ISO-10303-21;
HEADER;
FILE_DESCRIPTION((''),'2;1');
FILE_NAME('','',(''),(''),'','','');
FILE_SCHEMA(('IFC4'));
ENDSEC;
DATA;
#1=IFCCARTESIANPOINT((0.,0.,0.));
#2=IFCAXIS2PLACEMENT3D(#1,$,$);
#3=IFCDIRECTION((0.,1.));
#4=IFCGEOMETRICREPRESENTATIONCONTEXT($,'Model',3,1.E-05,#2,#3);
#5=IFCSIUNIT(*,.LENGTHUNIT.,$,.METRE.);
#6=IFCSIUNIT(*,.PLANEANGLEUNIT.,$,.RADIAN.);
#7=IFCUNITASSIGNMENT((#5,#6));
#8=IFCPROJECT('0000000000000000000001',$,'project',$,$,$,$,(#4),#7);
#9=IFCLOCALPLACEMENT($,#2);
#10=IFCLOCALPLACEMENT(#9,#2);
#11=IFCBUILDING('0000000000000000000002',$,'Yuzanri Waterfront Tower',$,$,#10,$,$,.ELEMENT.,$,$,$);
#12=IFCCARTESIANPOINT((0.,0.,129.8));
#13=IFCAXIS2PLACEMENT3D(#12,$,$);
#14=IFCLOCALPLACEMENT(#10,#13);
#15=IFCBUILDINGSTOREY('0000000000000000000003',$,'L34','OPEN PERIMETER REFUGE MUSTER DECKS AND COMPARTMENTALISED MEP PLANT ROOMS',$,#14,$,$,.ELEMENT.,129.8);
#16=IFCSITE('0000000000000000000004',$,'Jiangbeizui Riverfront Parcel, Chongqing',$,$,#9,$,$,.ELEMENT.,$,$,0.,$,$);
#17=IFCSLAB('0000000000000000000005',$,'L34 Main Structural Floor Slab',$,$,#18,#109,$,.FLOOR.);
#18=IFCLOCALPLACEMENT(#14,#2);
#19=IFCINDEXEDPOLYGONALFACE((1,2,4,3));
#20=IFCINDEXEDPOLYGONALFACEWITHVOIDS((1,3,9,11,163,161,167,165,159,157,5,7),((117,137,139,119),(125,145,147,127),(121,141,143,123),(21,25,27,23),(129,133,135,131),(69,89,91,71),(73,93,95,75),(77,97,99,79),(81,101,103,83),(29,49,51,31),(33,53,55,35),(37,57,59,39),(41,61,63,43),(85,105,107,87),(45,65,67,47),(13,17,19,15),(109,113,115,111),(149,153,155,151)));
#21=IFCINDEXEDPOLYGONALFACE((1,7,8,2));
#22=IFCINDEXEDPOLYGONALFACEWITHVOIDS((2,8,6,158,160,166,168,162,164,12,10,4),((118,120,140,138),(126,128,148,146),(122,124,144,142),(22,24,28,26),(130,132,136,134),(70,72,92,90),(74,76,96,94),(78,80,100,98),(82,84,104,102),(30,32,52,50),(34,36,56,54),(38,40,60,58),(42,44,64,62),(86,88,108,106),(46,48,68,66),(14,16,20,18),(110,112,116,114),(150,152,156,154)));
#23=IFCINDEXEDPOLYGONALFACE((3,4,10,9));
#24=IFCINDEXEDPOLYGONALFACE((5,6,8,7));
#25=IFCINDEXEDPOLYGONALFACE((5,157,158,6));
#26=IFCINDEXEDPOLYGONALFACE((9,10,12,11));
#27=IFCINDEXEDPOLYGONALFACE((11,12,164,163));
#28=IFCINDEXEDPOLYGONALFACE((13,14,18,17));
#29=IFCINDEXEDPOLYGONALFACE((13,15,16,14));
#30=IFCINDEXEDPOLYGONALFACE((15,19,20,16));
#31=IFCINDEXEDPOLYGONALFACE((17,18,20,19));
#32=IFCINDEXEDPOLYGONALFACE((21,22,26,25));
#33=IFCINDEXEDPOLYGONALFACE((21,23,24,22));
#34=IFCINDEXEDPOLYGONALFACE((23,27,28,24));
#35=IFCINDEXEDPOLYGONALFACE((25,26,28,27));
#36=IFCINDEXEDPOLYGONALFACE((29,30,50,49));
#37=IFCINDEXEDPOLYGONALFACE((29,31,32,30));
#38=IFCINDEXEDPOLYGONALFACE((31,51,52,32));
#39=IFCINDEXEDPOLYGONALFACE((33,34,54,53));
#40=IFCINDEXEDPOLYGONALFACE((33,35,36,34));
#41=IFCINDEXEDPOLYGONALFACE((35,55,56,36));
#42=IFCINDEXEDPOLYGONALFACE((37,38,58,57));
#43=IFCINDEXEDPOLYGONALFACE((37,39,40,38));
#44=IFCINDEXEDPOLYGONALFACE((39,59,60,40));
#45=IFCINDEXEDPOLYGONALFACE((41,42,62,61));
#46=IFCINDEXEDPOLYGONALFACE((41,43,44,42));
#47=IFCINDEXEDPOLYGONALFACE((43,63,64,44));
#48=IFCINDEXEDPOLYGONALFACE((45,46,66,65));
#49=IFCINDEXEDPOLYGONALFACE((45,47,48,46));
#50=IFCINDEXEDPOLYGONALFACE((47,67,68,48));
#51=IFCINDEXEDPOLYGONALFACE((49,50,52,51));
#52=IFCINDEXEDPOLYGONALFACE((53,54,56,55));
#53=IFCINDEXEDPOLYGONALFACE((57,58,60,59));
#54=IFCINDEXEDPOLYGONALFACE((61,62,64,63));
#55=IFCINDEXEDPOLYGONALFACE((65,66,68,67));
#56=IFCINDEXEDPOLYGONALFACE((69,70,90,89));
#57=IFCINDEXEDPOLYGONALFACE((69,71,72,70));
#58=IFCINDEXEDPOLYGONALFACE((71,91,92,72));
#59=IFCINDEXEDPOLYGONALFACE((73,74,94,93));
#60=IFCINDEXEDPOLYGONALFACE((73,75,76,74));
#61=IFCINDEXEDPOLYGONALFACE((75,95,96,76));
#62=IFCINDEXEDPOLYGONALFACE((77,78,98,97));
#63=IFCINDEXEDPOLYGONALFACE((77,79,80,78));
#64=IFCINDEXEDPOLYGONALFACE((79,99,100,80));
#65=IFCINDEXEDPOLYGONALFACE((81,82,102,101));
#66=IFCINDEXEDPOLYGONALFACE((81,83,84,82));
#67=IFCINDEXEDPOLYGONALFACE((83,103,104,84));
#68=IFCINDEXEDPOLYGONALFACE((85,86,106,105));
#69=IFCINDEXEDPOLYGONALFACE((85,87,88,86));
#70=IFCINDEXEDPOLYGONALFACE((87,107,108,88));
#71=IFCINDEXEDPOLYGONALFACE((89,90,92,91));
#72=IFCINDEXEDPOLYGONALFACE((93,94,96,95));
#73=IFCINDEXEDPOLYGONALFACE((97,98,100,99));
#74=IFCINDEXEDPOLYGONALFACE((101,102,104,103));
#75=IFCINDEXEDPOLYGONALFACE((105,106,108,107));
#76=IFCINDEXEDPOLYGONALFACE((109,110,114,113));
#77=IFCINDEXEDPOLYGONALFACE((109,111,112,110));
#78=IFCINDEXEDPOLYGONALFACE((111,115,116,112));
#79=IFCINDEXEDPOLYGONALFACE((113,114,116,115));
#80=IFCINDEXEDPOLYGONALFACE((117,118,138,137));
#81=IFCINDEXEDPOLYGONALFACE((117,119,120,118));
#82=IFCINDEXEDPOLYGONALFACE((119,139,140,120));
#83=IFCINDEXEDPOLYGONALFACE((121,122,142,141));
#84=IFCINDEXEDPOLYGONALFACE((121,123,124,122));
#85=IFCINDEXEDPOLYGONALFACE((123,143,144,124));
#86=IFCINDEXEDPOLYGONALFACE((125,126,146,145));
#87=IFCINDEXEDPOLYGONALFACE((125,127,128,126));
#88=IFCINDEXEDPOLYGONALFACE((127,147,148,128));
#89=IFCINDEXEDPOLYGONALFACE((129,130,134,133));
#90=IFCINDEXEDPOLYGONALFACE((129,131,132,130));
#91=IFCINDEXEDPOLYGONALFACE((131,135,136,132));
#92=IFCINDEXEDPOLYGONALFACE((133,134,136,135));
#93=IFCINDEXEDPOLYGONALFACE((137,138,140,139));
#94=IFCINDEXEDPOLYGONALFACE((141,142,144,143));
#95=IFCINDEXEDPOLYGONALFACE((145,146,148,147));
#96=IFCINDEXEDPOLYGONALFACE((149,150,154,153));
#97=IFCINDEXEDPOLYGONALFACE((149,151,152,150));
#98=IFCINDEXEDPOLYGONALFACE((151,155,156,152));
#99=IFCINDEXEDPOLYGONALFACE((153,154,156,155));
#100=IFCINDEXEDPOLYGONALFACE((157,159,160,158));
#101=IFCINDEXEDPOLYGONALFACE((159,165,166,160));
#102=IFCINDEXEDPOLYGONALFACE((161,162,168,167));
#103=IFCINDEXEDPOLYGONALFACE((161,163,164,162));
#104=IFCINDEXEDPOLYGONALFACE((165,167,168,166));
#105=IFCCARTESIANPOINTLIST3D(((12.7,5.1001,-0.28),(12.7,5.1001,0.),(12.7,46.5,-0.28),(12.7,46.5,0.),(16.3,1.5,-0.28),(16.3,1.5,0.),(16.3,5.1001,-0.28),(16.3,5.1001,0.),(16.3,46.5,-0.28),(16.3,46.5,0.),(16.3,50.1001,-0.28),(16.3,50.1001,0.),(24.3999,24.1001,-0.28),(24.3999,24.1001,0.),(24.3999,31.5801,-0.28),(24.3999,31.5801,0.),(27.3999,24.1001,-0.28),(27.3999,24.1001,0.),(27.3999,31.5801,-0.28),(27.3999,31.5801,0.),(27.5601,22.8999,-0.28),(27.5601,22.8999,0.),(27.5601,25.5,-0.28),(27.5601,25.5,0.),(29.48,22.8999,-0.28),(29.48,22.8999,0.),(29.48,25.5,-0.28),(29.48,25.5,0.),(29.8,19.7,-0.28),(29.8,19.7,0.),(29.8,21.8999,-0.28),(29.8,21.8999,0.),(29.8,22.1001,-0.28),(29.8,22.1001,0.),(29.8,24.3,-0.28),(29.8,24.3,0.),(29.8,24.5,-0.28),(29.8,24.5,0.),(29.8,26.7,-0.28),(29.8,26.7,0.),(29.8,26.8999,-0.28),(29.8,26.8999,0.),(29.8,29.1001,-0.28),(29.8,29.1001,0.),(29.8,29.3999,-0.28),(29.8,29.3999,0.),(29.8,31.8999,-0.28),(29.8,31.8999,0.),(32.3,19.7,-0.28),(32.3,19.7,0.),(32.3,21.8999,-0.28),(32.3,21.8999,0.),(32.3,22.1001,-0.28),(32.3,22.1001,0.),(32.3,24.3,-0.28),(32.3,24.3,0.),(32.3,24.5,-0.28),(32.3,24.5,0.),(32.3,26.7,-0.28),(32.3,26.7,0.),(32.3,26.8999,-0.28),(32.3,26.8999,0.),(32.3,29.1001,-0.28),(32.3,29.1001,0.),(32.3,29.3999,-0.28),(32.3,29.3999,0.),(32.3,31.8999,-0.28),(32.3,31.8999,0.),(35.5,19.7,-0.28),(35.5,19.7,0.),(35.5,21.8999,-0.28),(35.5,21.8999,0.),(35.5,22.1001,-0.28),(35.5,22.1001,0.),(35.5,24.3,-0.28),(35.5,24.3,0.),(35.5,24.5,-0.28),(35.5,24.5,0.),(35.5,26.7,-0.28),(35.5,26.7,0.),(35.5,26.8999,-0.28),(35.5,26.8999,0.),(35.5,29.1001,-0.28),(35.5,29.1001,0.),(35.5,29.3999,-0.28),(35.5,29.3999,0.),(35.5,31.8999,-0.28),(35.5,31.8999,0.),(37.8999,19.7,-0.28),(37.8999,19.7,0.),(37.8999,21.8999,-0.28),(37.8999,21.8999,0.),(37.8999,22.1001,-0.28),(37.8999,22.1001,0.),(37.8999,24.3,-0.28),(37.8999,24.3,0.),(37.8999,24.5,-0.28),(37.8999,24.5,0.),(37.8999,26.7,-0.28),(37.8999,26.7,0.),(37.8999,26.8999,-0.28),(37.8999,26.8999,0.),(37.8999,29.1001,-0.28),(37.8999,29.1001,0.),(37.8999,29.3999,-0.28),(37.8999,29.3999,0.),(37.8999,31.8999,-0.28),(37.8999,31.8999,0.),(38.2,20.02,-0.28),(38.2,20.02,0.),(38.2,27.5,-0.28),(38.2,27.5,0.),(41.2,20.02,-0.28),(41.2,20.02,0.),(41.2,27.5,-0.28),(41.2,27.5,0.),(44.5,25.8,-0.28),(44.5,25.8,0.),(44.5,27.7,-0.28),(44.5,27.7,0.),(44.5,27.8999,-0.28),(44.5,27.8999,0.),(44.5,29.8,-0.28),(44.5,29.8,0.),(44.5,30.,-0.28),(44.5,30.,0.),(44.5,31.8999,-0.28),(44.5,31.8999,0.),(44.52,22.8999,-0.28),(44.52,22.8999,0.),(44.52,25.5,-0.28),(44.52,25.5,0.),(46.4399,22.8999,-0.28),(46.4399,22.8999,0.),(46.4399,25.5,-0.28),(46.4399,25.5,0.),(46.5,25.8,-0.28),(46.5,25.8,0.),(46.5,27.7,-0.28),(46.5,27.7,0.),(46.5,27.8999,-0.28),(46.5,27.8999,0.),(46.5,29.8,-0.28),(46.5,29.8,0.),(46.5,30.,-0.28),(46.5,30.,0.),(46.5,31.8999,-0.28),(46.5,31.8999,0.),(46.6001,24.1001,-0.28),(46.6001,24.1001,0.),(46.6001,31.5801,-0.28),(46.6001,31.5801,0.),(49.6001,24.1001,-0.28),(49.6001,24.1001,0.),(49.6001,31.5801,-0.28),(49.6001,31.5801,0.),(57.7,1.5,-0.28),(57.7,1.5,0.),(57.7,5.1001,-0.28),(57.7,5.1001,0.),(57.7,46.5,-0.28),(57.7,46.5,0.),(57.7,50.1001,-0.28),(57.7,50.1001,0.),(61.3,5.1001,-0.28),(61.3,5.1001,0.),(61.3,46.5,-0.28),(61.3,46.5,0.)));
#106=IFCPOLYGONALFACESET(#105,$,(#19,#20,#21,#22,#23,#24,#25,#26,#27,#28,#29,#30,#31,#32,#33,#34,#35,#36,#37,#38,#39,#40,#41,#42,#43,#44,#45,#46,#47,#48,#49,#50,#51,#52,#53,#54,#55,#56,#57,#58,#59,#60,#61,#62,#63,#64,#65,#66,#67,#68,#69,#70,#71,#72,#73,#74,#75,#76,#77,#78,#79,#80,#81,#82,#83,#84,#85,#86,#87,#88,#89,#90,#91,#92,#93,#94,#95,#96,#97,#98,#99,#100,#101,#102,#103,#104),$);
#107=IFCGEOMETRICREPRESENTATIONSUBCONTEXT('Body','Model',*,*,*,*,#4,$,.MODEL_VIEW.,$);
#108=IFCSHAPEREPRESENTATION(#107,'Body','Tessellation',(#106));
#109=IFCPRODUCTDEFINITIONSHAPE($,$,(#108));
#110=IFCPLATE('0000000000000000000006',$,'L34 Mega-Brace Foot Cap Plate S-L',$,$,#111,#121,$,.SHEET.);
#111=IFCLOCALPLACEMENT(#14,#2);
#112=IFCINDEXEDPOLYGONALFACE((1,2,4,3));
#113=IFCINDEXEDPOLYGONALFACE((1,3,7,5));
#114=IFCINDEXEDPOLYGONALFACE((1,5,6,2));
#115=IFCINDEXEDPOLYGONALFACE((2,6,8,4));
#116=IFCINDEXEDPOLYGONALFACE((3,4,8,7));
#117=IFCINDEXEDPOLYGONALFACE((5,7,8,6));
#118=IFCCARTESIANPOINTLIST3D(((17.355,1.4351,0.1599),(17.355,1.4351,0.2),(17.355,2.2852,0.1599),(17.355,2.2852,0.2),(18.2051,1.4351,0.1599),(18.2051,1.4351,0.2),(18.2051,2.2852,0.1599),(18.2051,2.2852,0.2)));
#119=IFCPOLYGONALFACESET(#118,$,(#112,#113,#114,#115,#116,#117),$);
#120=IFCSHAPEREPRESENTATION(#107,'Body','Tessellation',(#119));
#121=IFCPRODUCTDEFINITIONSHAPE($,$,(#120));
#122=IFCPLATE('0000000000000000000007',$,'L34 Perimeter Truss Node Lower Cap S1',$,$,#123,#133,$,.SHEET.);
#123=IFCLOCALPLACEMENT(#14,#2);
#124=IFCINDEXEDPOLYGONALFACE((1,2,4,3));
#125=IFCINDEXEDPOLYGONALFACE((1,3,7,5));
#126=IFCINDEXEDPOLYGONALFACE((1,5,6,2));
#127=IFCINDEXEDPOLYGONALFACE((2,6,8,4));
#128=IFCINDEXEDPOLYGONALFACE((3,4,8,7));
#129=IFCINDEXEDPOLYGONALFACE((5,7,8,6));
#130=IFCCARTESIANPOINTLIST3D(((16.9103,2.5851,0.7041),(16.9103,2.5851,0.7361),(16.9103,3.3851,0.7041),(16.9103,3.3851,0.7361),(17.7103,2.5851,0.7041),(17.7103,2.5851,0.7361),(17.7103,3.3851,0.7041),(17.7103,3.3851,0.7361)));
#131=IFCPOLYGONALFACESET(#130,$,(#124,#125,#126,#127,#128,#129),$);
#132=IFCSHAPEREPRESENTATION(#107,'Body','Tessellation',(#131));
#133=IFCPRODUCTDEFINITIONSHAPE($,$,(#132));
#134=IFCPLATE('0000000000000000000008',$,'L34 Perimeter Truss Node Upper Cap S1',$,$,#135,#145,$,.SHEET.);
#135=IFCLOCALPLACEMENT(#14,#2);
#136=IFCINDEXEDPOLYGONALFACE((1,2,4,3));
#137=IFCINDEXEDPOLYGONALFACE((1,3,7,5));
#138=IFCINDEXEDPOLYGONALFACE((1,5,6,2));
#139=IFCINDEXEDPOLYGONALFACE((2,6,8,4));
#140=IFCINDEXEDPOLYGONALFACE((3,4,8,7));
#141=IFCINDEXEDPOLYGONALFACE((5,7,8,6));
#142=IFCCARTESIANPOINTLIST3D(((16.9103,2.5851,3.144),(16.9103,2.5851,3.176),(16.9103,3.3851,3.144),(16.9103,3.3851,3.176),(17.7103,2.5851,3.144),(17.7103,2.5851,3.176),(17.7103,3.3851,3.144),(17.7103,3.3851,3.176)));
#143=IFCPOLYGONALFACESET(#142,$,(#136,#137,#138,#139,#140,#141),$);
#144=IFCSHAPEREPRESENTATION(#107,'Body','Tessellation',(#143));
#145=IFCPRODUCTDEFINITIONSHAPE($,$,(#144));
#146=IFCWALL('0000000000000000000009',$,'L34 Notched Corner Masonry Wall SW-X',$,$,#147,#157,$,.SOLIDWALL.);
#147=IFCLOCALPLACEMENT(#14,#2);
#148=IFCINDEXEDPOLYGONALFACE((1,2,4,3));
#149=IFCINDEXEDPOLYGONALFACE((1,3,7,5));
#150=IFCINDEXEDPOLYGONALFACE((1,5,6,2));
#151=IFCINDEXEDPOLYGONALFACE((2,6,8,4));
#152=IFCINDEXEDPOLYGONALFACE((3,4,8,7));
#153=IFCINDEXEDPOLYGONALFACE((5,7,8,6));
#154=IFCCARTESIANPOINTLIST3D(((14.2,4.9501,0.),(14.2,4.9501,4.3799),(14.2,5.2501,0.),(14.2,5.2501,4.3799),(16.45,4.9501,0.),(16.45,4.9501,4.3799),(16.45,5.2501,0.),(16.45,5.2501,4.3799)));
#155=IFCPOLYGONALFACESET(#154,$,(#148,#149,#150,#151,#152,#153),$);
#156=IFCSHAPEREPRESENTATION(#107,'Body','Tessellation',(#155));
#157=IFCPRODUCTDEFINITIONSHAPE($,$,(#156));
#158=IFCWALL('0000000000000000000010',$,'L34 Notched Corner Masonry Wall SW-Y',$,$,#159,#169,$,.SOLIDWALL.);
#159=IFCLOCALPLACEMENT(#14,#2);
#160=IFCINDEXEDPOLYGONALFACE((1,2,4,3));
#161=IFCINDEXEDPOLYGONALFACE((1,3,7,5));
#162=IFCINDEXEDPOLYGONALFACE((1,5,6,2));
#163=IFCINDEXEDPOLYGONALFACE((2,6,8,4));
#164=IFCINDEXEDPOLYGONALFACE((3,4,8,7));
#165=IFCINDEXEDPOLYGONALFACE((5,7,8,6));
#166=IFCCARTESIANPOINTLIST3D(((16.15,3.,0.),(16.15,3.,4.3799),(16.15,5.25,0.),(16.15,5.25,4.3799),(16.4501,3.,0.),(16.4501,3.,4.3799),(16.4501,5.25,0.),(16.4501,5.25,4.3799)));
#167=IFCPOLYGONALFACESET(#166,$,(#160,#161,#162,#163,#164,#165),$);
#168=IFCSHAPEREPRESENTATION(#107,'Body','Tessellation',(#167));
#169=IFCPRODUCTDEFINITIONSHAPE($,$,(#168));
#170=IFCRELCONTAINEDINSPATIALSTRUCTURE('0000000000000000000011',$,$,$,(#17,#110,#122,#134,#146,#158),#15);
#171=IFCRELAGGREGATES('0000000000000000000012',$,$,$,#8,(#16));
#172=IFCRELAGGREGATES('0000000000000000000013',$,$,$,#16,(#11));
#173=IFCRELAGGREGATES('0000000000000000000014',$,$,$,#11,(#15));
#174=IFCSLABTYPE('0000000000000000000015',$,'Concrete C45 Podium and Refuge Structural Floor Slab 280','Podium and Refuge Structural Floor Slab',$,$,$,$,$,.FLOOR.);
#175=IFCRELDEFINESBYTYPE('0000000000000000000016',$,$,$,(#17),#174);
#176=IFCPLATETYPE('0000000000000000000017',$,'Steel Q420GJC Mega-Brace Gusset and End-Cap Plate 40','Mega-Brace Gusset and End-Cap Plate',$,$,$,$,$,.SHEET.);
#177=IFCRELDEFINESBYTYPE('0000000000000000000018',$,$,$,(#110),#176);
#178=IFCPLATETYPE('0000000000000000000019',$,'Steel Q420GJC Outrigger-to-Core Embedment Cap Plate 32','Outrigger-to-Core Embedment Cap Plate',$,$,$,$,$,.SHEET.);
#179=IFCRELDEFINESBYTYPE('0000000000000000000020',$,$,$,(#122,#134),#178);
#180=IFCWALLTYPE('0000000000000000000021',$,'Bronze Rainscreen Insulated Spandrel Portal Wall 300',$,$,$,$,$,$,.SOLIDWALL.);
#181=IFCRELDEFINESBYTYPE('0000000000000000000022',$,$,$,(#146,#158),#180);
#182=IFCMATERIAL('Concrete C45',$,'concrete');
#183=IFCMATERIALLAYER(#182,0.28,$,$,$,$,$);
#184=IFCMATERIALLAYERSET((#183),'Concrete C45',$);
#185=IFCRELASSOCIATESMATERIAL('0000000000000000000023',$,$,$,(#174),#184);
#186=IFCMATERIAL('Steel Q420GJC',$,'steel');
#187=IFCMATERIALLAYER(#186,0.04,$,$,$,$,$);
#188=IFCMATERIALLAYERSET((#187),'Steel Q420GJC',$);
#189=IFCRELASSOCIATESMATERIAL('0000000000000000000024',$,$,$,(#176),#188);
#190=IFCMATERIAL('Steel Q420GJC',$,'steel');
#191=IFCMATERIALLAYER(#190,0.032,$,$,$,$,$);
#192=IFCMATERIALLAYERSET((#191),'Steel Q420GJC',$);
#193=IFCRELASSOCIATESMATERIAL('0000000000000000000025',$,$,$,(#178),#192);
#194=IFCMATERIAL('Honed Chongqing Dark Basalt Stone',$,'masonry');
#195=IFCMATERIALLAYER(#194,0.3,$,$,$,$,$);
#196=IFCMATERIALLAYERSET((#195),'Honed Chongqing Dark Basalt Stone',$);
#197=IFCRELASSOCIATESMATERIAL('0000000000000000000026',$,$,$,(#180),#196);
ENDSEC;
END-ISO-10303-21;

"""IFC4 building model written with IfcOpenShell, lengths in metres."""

from ifc_helpers import new_model, si_unit, direction, frame, frame_2d, origin, origin_2d, place, context, subcontext, project, spatial, polyline, rectangle, outline, extrude, source, transform, mapped, material, layer, layer_set, type_object, element, save


model = new_model("IFC4")

# Units and contexts
model_context = context("Model", 3, precision=1e-05, world=origin(), true_north=direction((0.0, 1.0)))
body_context = subcontext(model_context, "Body", "Model", "MODEL_VIEW")
ifc_project = project(units=[si_unit("LENGTHUNIT", "METRE"), si_unit("PLANEANGLEUNIT", "RADIAN")], contexts=[model_context])

# Site, building, storey
site_placement = place(None, origin())
site = spatial("IfcSite", under=ifc_project, at=site_placement, Name="Jiangbeizui Riverfront Parcel, Chongqing", CompositionType="ELEMENT", RefElevation=0.0)
building_placement = place(site_placement, origin())
building = spatial("IfcBuilding", under=site, at=building_placement, Name="Yuzanri Waterfront Tower", CompositionType="ELEMENT")
storey_placement = place(building_placement, frame((0.0, 0.0, 129.8)))
storey = spatial("IfcBuildingStorey", under=building, at=storey_placement, Name="L34", Description="OPEN PERIMETER REFUGE MUSTER DECKS AND COMPARTMENTALISED MEP PLANT ROOMS", CompositionType="ELEMENT", Elevation=129.8)

# Slab
ifc_material_1 = material(Name="Concrete C45", Category="concrete")
ifc_layer_1 = layer(ifc_material_1, 0.28)
ifc_layer_set_1 = layer_set([ifc_layer_1], Name="Concrete C45")
slab_type_1 = type_object("IfcSlabType", Name="Concrete C45 Podium and Refuge Structural Floor Slab 280", Description="Podium and Refuge Structural Floor Slab", PredefinedType="FLOOR", material=ifc_layer_set_1)
slab_1_placement = place(storey_placement, frame((0.0, 0.0, -0.28)))
element("IfcSlab", 1, at=slab_1_placement, inside=storey, type_object=slab_type_1, Name="L34 Main Structural Floor Slab", PredefinedType="FLOOR", context=body_context, shape_type="SweptSolid", body=[
    extrude(outline(polyline([(16.3, 1.5), (57.7, 1.5), (57.7, 5.1001), (61.3, 5.1001), (61.3, 46.5), (57.7, 46.5), (57.7, 50.1001), (16.3, 50.1001), (16.3, 46.5), (12.7, 46.5), (12.7, 5.1001), (16.3, 5.1001), (16.3, 1.5)]), holes=[polyline([(27.3999, 24.1001), (27.3999, 31.5801), (24.3999, 31.5801), (24.3999, 24.1001), (27.3999, 24.1001)]), polyline([(49.6001, 24.1001), (49.6001, 31.5801), (46.6001, 31.5801), (46.6001, 24.1001), (49.6001, 24.1001)]), polyline([(38.2, 27.5), (38.2, 20.02), (41.2, 20.02), (41.2, 27.5), (38.2, 27.5)]), polyline([(27.5601, 22.8999), (29.48, 22.8999), (29.48, 25.5), (27.5601, 25.5), (27.5601, 22.8999)]), polyline([(44.52, 22.8999), (46.4399, 22.8999), (46.4399, 25.5), (44.52, 25.5), (44.52, 22.8999)]), polyline([(29.8, 19.7), (32.3, 19.7), (32.3, 21.8999), (29.8, 21.8999), (29.8, 19.7)]), polyline([(29.8, 22.1001), (32.3, 22.1001), (32.3, 24.3), (29.8, 24.3), (29.8, 22.1001)]), polyline([(29.8, 24.5), (32.3, 24.5), (32.3, 26.7), (29.8, 26.7), (29.8, 24.5)]), polyline([(29.8, 26.8999), (32.3, 26.8999), (32.3, 29.1001), (29.8, 29.1001), (29.8, 26.8999)]), polyline([(29.8, 29.3999), (32.3, 29.3999), (32.3, 31.8999), (29.8, 31.8999), (29.8, 29.3999)]), polyline([(35.5, 19.7), (37.8999, 19.7), (37.8999, 21.8999), (35.5, 21.8999), (35.5, 19.7)]), polyline([(35.5, 22.1001), (37.8999, 22.1001), (37.8999, 24.3), (35.5, 24.3), (35.5, 22.1001)]), polyline([(35.5, 24.5), (37.8999, 24.5), (37.8999, 26.7), (35.5, 26.7), (35.5, 24.5)]), polyline([(35.5, 26.8999), (37.8999, 26.8999), (37.8999, 29.1001), (35.5, 29.1001), (35.5, 26.8999)]), polyline([(35.5, 29.3999), (37.8999, 29.3999), (37.8999, 31.8999), (35.5, 31.8999), (35.5, 29.3999)]), polyline([(44.5, 25.8), (46.5, 25.8), (46.5, 27.7), (44.5, 27.7), (44.5, 25.8)]), polyline([(44.5, 27.8999), (46.5, 27.8999), (46.5, 29.8), (44.5, 29.8), (44.5, 27.8999)]), polyline([(44.5, 30.0), (46.5, 30.0), (46.5, 31.8999), (44.5, 31.8999), (44.5, 30.0)])]), origin(), (0.0, 0.0, 1.0), 0.28),
])

# Plates
ifc_material_2 = material(Name="Steel Q420GJC", Category="steel")
ifc_layer_2 = layer(ifc_material_2, 0.04)
ifc_layer_set_2 = layer_set([ifc_layer_2], Name="Steel Q420GJC")
plate_type_1 = type_object("IfcPlateType", Name="Steel Q420GJC Mega-Brace Gusset and End-Cap Plate 40", Description="Mega-Brace Gusset and End-Cap Plate", PredefinedType="SHEET", material=ifc_layer_set_2)
shared_shape_1 = source(origin(), body_context, "Body", "SweptSolid", [
    extrude(rectangle(XDim=0.8501, YDim=0.8501, at=origin_2d()), origin(), (0.0, 0.0, 1.0), 0.04),
])
plate_placement = place(storey_placement, frame((17.78, 1.8601, 0.1599), z_axis=(0.0, 0.0, 1.0), x_axis=(1.0, 0.0, 0.0)))
element("IfcPlate", 2, at=plate_placement, inside=storey, type_object=plate_type_1, Name="L34 Mega-Brace Foot Cap Plate S-L", PredefinedType="SHEET", context=body_context, shape_type="MappedRepresentation", body=[
    mapped(shared_shape_1, transform((0.0, 0.0, 0.0), scale=1.0)),
])
ifc_material_3 = material(Name="Steel Q420GJC", Category="steel")
ifc_layer_3 = layer(ifc_material_3, 0.032)
ifc_layer_set_3 = layer_set([ifc_layer_3], Name="Steel Q420GJC")
plate_type_2 = type_object("IfcPlateType", Name="Steel Q420GJC Outrigger-to-Core Embedment Cap Plate 32", Description="Outrigger-to-Core Embedment Cap Plate", PredefinedType="SHEET", material=ifc_layer_set_3)
shared_shape_2 = source(origin(), body_context, "Body", "SweptSolid", [
    extrude(rectangle(XDim=0.8, YDim=0.8, at=origin_2d()), origin(), (0.0, 0.0, 1.0), 0.032),
])
for number, where, z_axis, x_axis, name in (
    (3, (17.3103, 2.9851, 0.7041), (0.0, 0.0, 1.0), (1.0, 0.0, 0.0), "L34 Perimeter Truss Node Lower Cap S1"),
    (4, (17.3103, 2.9851, 3.144), (0.0, 0.0, 1.0), (1.0, 0.0, 0.0), "L34 Perimeter Truss Node Upper Cap S1"),
):
    element("IfcPlate", number, at=place(storey_placement, frame(where, z_axis=z_axis, x_axis=x_axis)), inside=storey, type_object=plate_type_2, Name=name, PredefinedType="SHEET", context=body_context, shape_type="MappedRepresentation", body=[
        mapped(shared_shape_2, transform((0.0, 0.0, 0.0), scale=1.0)),
    ])

# Walls
ifc_material_4 = material(Name="Honed Chongqing Dark Basalt Stone", Category="masonry")
ifc_layer_4 = layer(ifc_material_4, 0.3)
ifc_layer_set_4 = layer_set([ifc_layer_4], Name="Honed Chongqing Dark Basalt Stone")
wall_type = type_object("IfcWallType", Name="Bronze Rainscreen Insulated Spandrel Portal Wall 300", PredefinedType="SOLIDWALL", material=ifc_layer_set_4)
shared_shape_3 = source(origin(), body_context, "Body", "SweptSolid", [
    extrude(rectangle(XDim=2.25, YDim=0.3, at=frame_2d((1.125, 0.0))), origin(), (0.0, 0.0, 1.0), 4.3799),
])
for number, where, z_axis, x_axis, name in (
    (5, (14.2, 5.1001, 0.0), (0.0, 0.0, 1.0), (1.0, 0.0, 0.0), "L34 Notched Corner Masonry Wall SW-X"),
    (6, (16.3, 5.25, 0.0), (0.0, 0.0, 1.0), (0.0, -1.0, 0.0), "L34 Notched Corner Masonry Wall SW-Y"),
):
    element("IfcWall", number, at=place(storey_placement, frame(where, z_axis=z_axis, x_axis=x_axis)), inside=storey, type_object=wall_type, Name=name, PredefinedType="SOLIDWALL", context=body_context, shape_type="MappedRepresentation", body=[
        mapped(shared_shape_3, transform((0.0, 0.0, 0.0), scale=1.0)),
    ])

save(model, "model.ifc")
